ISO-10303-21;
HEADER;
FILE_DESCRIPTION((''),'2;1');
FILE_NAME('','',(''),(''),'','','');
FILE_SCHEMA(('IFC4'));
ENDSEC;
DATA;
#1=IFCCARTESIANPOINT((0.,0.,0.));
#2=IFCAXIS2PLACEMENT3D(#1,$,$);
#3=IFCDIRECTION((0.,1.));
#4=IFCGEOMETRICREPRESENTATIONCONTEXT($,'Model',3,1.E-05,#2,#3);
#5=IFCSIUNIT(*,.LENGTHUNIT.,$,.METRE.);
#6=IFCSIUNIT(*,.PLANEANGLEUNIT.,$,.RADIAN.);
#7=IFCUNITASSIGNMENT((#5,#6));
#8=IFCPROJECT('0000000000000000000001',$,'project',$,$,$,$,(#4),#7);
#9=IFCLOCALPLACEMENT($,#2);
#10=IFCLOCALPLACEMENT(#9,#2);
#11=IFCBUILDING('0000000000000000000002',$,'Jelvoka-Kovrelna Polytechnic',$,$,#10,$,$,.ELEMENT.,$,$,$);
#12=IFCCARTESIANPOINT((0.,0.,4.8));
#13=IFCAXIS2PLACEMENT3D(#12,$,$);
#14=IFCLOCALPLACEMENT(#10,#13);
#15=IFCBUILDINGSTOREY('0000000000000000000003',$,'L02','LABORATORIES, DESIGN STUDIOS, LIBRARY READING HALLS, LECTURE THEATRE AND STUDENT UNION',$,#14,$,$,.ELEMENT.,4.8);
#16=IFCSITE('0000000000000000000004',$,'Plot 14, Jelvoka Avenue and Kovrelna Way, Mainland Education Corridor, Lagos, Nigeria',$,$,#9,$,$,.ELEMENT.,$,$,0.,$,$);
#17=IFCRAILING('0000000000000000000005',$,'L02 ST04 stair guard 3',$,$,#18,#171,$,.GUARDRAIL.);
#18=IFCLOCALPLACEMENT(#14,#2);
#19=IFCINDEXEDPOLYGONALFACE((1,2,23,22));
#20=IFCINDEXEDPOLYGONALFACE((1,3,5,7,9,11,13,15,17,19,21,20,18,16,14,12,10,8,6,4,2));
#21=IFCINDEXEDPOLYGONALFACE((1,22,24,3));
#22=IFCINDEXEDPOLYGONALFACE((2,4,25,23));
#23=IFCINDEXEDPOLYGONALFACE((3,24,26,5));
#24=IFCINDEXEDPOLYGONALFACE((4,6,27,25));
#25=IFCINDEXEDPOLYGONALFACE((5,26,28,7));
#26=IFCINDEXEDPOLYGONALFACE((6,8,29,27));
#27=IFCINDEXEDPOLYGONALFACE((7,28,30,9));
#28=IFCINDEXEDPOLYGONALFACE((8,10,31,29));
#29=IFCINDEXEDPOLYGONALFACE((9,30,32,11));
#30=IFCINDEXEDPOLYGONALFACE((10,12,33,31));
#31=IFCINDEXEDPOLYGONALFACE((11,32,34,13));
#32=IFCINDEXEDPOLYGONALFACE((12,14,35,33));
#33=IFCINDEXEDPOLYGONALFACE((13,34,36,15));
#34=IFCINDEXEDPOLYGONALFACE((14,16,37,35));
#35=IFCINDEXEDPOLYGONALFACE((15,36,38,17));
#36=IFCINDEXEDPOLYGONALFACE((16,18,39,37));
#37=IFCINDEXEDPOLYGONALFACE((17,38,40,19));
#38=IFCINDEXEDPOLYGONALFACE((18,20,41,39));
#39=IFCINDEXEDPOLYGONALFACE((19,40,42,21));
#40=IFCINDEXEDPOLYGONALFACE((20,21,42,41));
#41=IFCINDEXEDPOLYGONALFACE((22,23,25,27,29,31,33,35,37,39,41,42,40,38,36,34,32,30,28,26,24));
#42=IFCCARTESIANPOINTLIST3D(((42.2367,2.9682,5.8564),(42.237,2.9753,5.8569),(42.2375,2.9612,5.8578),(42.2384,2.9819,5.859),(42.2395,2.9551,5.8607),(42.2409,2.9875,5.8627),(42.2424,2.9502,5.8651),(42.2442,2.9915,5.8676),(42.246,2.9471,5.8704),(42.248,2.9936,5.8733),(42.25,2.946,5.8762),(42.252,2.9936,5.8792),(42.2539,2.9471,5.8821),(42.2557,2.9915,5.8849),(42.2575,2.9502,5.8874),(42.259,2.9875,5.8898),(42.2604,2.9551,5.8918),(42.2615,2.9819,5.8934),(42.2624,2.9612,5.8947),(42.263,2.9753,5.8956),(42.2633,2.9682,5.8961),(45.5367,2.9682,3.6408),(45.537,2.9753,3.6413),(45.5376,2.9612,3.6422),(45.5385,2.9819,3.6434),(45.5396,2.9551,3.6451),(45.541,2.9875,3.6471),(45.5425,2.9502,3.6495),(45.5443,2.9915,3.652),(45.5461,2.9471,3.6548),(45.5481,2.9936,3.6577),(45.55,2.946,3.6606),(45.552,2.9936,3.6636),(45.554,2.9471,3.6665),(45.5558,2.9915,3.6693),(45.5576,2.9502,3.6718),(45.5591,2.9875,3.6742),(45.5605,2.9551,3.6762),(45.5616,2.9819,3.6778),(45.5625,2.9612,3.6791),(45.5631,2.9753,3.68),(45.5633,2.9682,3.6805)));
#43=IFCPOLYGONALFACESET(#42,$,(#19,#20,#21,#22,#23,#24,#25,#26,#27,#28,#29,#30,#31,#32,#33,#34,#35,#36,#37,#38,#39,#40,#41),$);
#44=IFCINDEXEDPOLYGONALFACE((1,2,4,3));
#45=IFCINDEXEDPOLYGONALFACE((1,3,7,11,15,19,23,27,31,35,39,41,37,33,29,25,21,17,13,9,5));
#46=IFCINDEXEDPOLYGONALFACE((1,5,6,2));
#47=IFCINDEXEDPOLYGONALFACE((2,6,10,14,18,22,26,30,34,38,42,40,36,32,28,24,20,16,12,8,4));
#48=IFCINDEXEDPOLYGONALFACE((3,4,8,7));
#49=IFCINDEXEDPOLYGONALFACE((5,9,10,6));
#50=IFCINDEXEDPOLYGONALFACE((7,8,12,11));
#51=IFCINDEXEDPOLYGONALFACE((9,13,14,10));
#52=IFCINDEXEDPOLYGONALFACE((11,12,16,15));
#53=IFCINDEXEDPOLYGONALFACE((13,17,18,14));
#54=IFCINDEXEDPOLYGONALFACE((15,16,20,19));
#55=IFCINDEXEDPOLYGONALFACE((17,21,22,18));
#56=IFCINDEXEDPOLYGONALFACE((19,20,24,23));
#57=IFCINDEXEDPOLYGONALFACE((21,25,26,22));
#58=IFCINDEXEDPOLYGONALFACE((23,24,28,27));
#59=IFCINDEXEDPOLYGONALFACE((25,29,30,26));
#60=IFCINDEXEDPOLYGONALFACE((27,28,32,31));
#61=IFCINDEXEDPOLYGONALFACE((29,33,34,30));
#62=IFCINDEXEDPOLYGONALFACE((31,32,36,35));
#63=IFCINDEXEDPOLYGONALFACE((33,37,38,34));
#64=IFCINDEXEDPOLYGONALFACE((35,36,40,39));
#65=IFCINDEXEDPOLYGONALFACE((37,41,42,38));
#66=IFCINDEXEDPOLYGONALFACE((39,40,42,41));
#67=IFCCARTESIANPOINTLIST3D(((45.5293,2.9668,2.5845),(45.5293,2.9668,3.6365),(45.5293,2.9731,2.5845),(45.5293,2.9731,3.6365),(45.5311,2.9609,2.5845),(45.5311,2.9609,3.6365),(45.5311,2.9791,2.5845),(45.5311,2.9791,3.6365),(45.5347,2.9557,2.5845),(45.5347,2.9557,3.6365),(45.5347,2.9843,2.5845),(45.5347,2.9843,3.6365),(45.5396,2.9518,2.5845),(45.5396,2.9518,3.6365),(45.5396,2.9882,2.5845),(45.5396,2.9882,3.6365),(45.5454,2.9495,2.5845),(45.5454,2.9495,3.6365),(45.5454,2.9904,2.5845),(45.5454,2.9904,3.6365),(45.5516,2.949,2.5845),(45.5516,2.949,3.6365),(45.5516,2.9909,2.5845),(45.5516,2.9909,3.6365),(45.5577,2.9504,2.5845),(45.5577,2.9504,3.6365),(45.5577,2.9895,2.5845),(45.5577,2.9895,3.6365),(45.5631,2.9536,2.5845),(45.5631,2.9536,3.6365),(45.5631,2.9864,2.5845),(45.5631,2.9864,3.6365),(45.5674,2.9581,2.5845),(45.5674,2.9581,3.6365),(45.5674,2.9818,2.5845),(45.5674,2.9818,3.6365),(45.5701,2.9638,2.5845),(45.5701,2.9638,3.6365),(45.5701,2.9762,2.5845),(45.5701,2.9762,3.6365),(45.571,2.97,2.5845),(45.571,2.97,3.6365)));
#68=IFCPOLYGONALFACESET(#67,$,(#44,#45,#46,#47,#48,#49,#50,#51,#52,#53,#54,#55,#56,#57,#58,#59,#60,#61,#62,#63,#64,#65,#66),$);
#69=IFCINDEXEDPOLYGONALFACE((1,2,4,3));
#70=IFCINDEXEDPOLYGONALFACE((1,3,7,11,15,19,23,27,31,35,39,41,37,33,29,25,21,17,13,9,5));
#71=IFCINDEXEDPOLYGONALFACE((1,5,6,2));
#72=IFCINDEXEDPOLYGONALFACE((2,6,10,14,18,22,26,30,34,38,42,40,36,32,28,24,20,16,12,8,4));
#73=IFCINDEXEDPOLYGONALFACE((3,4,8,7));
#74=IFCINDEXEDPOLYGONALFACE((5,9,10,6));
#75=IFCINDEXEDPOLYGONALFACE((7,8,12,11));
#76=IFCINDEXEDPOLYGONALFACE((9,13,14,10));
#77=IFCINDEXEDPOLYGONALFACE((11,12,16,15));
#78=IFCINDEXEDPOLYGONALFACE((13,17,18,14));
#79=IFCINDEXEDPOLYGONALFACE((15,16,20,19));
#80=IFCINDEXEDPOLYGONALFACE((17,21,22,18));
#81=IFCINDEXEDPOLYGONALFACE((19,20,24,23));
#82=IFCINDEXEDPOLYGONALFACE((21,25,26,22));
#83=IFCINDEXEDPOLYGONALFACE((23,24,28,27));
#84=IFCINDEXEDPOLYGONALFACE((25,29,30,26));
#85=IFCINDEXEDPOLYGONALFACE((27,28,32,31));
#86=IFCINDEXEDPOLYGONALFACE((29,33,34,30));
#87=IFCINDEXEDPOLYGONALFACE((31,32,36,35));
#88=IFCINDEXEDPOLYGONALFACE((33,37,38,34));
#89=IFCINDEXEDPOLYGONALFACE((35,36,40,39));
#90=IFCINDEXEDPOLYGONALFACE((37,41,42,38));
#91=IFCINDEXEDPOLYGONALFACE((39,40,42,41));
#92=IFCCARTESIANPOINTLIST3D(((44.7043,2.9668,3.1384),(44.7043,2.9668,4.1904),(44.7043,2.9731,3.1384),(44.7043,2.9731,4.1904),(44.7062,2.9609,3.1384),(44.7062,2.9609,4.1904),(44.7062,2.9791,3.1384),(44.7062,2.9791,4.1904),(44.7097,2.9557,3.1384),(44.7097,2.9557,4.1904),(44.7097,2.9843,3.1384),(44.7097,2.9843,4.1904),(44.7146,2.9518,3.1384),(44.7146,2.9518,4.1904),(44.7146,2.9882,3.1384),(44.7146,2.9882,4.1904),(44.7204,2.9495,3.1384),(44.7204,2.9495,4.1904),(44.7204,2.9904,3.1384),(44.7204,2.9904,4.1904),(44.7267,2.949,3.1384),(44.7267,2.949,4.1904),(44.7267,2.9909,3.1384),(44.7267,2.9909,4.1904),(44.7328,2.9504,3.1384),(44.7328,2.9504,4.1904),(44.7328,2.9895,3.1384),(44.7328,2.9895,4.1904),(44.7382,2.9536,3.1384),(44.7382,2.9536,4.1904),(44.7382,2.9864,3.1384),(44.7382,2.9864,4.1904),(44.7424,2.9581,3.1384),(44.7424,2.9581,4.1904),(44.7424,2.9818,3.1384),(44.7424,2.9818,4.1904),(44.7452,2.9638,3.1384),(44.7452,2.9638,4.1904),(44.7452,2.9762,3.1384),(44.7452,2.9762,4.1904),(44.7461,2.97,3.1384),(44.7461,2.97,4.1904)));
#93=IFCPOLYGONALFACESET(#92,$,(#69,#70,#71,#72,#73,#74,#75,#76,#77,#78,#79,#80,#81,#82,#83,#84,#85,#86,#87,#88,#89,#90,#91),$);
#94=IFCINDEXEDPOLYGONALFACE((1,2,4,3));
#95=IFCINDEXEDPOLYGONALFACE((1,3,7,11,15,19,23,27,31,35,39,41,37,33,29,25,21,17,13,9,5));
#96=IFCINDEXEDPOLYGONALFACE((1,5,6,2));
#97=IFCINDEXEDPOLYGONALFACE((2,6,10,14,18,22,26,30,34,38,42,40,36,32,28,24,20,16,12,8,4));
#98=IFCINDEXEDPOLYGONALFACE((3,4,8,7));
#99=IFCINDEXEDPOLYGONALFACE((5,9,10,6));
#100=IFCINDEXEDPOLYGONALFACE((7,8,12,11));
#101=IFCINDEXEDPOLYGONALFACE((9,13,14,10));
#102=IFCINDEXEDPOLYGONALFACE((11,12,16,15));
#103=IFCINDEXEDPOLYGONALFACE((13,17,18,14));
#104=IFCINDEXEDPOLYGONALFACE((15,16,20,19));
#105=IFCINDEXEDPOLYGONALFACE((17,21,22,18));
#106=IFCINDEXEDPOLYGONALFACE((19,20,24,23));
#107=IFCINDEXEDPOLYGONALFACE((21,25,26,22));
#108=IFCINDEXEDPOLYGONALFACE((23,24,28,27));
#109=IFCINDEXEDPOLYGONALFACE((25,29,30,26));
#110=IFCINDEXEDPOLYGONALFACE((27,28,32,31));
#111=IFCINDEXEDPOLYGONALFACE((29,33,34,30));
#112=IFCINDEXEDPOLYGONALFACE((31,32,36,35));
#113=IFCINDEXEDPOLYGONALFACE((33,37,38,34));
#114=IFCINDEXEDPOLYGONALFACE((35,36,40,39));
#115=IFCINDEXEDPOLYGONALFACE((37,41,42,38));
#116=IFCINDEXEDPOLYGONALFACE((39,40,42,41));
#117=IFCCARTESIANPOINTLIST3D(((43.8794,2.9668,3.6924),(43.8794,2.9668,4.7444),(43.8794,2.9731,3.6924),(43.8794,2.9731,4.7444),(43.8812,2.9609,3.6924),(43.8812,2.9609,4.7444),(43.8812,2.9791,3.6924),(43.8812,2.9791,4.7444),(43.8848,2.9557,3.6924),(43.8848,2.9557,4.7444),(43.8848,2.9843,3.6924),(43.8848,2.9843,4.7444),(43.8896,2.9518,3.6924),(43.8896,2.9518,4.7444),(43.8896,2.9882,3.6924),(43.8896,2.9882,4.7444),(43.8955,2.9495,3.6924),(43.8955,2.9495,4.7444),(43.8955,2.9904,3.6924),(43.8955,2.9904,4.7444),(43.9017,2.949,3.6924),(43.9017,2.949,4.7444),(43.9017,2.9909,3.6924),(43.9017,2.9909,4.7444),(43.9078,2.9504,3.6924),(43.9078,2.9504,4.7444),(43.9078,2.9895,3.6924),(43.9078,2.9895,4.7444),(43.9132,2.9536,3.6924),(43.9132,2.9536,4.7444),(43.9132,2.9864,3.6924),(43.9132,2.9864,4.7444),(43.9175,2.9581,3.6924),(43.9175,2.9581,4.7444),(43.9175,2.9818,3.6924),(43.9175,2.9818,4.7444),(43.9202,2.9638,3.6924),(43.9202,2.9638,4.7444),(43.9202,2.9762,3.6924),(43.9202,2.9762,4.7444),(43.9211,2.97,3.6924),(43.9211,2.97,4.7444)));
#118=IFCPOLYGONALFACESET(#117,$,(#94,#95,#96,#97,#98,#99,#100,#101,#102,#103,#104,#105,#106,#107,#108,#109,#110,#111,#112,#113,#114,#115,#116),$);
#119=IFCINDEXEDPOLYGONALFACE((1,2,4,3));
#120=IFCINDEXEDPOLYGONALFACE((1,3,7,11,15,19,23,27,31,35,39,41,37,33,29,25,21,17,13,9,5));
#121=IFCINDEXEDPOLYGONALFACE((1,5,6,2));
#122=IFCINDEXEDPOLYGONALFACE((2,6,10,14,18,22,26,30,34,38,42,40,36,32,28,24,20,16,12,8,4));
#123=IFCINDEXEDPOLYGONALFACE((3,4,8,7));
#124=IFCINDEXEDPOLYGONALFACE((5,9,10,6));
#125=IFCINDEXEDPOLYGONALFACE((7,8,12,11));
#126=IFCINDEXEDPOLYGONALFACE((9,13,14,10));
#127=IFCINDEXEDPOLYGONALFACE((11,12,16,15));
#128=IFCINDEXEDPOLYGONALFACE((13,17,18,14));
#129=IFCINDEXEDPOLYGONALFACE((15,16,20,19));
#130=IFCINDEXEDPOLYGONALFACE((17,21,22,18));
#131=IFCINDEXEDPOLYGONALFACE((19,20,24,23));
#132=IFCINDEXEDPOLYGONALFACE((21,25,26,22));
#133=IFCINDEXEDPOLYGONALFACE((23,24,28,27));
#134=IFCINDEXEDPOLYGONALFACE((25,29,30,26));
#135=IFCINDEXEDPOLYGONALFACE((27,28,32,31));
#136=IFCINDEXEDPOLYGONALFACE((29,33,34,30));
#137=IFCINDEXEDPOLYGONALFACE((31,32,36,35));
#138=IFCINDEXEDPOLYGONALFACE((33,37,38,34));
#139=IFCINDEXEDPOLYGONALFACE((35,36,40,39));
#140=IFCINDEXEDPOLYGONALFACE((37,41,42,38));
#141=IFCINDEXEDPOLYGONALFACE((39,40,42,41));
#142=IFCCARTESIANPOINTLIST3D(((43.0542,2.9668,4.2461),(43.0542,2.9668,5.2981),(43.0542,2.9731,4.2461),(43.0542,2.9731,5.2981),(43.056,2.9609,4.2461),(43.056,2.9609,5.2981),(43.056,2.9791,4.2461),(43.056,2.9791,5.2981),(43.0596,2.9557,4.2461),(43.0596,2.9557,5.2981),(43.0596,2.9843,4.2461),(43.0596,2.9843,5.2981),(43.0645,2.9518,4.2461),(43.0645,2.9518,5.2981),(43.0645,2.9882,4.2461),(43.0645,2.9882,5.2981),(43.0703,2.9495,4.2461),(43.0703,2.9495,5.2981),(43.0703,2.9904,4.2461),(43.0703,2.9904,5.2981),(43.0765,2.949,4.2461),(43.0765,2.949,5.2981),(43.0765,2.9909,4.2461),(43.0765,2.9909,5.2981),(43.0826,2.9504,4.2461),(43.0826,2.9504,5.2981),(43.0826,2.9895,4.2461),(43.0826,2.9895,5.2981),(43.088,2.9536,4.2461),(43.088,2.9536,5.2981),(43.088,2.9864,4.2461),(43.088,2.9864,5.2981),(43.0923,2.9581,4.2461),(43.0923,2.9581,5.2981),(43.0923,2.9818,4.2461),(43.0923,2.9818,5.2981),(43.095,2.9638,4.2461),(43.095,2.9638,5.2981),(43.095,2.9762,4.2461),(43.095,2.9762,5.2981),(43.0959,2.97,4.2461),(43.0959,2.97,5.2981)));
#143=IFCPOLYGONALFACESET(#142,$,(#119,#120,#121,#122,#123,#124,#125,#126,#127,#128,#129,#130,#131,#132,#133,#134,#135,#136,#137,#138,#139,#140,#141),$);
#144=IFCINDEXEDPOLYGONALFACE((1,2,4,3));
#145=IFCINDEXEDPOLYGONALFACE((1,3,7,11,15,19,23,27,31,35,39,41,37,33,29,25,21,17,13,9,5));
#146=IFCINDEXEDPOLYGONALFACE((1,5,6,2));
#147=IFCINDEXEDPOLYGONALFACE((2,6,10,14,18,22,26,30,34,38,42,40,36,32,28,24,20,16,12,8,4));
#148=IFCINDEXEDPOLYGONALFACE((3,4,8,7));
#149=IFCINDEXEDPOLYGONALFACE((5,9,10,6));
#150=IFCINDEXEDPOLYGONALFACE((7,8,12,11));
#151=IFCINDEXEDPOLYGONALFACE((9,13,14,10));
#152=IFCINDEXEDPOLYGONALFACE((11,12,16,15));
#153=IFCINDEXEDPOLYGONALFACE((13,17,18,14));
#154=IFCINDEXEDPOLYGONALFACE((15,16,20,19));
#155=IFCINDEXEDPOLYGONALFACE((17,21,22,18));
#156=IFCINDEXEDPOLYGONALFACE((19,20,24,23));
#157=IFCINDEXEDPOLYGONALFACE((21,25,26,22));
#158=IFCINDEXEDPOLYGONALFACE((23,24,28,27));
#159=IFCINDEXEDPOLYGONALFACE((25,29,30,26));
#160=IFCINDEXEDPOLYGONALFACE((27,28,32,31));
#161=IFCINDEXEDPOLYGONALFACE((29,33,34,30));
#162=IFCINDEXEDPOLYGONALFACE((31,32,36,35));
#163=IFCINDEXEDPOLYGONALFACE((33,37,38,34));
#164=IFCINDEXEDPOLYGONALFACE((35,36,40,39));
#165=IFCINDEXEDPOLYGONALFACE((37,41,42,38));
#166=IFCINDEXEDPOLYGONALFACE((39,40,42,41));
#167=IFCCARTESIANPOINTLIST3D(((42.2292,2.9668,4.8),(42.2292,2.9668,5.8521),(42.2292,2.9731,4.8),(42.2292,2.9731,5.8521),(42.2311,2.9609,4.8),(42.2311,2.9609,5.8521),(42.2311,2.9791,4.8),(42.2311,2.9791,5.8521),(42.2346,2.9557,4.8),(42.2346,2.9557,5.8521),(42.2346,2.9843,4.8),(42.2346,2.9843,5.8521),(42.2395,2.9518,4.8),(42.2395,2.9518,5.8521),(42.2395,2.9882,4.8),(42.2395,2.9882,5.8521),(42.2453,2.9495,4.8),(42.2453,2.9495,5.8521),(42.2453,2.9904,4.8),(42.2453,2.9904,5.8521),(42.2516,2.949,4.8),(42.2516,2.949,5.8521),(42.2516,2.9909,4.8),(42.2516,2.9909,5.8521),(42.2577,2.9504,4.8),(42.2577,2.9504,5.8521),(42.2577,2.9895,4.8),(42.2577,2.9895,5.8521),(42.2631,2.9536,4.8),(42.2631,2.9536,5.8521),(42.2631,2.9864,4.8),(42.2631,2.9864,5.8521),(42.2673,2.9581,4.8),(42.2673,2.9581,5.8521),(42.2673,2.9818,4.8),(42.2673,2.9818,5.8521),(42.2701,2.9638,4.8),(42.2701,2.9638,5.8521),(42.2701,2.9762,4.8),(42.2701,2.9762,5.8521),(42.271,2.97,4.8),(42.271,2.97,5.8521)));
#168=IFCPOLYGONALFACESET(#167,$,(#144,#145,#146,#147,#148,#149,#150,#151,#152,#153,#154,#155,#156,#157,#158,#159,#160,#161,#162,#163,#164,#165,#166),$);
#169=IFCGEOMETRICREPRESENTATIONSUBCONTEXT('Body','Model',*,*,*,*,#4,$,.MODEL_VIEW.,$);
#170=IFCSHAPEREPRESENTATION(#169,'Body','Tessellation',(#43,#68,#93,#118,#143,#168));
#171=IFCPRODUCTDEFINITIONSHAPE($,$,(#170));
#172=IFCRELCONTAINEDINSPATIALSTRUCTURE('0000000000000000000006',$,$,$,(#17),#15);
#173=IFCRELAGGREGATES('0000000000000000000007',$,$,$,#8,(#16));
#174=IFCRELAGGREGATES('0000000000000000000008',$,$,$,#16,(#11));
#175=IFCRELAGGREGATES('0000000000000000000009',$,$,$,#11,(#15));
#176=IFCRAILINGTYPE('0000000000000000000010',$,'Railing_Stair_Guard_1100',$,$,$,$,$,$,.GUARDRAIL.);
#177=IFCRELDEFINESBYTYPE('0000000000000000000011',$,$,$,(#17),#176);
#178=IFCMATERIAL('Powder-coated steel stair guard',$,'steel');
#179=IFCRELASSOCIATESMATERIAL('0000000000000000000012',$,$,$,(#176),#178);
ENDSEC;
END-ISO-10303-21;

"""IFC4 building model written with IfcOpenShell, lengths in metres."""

from ifc_helpers import new_model, si_unit, direction, frame, origin, origin_2d, place, context, subcontext, project, spatial, circle, extrude, material, type_object, element, save


model = new_model("IFC4")

# Units and contexts
model_context = context("Model", 3, precision=1e-05, world=origin(), true_north=direction((0.0, 1.0)))
body_context = subcontext(model_context, "Body", "Model", "MODEL_VIEW")
ifc_project = project(units=[si_unit("LENGTHUNIT", "METRE"), si_unit("PLANEANGLEUNIT", "RADIAN")], contexts=[model_context])

# Site, building, storey
site_placement = place(None, origin())
site = spatial("IfcSite", under=ifc_project, at=site_placement, Name="Plot 14, Jelvoka Avenue and Kovrelna Way, Mainland Education Corridor, Lagos, Nigeria", CompositionType="ELEMENT", RefElevation=0.0)
building_placement = place(site_placement, origin())
building = spatial("IfcBuilding", under=site, at=building_placement, Name="Jelvoka-Kovrelna Polytechnic", CompositionType="ELEMENT")
storey_placement = place(building_placement, frame((0.0, 0.0, 4.8)))
storey = spatial("IfcBuildingStorey", under=building, at=storey_placement, Name="L02", Description="LABORATORIES, DESIGN STUDIOS, LIBRARY READING HALLS, LECTURE THEATRE AND STUDENT UNION", CompositionType="ELEMENT", Elevation=4.8)

# Railing
ifc_material_1 = material(Name="Powder-coated steel stair guard", Category="steel")
railing_type_1 = type_object("IfcRailingType", Name="Railing_Stair_Guard_1100", PredefinedType="GUARDRAIL", material=ifc_material_1)
railing_1_placement = place(storey_placement, frame((45.55, 2.97, 2.5845)))
element("IfcRailing", 1, at=railing_1_placement, inside=storey, type_object=railing_type_1, Name="L02 ST04 stair guard 3", PredefinedType="GUARDRAIL", context=body_context, shape_type="SweptSolid", body=[
    extrude(circle(Radius=0.0239, at=origin_2d()), frame((0.0, 0.0, 1.0762), z_axis=(-0.830241, 0.0, 0.557405), x_axis=(0.0, -1.0, 0.0)), (0.0, 0.0, 1.0), 3.9749),
    extrude(circle(Radius=0.021, at=origin_2d()), origin(), (0.0, 0.0, 1.0), 1.052),
    extrude(circle(Radius=0.021, at=origin_2d()), frame((-0.825, 0.0, 0.554)), (0.0, 0.0, 1.0), 1.052),
    extrude(circle(Radius=0.021, at=origin_2d()), frame((-1.6499, 0.0, 1.1079)), (0.0, 0.0, 1.0), 1.052),
    extrude(circle(Radius=0.021, at=origin_2d()), frame((-2.4751, 0.0, 1.6616)), (0.0, 0.0, 1.0), 1.052),
    extrude(circle(Radius=0.021, at=origin_2d()), frame((-3.3, 0.0, 2.2156)), (0.0, 0.0, 1.0), 1.052),
])

save(model, "model.ifc")
